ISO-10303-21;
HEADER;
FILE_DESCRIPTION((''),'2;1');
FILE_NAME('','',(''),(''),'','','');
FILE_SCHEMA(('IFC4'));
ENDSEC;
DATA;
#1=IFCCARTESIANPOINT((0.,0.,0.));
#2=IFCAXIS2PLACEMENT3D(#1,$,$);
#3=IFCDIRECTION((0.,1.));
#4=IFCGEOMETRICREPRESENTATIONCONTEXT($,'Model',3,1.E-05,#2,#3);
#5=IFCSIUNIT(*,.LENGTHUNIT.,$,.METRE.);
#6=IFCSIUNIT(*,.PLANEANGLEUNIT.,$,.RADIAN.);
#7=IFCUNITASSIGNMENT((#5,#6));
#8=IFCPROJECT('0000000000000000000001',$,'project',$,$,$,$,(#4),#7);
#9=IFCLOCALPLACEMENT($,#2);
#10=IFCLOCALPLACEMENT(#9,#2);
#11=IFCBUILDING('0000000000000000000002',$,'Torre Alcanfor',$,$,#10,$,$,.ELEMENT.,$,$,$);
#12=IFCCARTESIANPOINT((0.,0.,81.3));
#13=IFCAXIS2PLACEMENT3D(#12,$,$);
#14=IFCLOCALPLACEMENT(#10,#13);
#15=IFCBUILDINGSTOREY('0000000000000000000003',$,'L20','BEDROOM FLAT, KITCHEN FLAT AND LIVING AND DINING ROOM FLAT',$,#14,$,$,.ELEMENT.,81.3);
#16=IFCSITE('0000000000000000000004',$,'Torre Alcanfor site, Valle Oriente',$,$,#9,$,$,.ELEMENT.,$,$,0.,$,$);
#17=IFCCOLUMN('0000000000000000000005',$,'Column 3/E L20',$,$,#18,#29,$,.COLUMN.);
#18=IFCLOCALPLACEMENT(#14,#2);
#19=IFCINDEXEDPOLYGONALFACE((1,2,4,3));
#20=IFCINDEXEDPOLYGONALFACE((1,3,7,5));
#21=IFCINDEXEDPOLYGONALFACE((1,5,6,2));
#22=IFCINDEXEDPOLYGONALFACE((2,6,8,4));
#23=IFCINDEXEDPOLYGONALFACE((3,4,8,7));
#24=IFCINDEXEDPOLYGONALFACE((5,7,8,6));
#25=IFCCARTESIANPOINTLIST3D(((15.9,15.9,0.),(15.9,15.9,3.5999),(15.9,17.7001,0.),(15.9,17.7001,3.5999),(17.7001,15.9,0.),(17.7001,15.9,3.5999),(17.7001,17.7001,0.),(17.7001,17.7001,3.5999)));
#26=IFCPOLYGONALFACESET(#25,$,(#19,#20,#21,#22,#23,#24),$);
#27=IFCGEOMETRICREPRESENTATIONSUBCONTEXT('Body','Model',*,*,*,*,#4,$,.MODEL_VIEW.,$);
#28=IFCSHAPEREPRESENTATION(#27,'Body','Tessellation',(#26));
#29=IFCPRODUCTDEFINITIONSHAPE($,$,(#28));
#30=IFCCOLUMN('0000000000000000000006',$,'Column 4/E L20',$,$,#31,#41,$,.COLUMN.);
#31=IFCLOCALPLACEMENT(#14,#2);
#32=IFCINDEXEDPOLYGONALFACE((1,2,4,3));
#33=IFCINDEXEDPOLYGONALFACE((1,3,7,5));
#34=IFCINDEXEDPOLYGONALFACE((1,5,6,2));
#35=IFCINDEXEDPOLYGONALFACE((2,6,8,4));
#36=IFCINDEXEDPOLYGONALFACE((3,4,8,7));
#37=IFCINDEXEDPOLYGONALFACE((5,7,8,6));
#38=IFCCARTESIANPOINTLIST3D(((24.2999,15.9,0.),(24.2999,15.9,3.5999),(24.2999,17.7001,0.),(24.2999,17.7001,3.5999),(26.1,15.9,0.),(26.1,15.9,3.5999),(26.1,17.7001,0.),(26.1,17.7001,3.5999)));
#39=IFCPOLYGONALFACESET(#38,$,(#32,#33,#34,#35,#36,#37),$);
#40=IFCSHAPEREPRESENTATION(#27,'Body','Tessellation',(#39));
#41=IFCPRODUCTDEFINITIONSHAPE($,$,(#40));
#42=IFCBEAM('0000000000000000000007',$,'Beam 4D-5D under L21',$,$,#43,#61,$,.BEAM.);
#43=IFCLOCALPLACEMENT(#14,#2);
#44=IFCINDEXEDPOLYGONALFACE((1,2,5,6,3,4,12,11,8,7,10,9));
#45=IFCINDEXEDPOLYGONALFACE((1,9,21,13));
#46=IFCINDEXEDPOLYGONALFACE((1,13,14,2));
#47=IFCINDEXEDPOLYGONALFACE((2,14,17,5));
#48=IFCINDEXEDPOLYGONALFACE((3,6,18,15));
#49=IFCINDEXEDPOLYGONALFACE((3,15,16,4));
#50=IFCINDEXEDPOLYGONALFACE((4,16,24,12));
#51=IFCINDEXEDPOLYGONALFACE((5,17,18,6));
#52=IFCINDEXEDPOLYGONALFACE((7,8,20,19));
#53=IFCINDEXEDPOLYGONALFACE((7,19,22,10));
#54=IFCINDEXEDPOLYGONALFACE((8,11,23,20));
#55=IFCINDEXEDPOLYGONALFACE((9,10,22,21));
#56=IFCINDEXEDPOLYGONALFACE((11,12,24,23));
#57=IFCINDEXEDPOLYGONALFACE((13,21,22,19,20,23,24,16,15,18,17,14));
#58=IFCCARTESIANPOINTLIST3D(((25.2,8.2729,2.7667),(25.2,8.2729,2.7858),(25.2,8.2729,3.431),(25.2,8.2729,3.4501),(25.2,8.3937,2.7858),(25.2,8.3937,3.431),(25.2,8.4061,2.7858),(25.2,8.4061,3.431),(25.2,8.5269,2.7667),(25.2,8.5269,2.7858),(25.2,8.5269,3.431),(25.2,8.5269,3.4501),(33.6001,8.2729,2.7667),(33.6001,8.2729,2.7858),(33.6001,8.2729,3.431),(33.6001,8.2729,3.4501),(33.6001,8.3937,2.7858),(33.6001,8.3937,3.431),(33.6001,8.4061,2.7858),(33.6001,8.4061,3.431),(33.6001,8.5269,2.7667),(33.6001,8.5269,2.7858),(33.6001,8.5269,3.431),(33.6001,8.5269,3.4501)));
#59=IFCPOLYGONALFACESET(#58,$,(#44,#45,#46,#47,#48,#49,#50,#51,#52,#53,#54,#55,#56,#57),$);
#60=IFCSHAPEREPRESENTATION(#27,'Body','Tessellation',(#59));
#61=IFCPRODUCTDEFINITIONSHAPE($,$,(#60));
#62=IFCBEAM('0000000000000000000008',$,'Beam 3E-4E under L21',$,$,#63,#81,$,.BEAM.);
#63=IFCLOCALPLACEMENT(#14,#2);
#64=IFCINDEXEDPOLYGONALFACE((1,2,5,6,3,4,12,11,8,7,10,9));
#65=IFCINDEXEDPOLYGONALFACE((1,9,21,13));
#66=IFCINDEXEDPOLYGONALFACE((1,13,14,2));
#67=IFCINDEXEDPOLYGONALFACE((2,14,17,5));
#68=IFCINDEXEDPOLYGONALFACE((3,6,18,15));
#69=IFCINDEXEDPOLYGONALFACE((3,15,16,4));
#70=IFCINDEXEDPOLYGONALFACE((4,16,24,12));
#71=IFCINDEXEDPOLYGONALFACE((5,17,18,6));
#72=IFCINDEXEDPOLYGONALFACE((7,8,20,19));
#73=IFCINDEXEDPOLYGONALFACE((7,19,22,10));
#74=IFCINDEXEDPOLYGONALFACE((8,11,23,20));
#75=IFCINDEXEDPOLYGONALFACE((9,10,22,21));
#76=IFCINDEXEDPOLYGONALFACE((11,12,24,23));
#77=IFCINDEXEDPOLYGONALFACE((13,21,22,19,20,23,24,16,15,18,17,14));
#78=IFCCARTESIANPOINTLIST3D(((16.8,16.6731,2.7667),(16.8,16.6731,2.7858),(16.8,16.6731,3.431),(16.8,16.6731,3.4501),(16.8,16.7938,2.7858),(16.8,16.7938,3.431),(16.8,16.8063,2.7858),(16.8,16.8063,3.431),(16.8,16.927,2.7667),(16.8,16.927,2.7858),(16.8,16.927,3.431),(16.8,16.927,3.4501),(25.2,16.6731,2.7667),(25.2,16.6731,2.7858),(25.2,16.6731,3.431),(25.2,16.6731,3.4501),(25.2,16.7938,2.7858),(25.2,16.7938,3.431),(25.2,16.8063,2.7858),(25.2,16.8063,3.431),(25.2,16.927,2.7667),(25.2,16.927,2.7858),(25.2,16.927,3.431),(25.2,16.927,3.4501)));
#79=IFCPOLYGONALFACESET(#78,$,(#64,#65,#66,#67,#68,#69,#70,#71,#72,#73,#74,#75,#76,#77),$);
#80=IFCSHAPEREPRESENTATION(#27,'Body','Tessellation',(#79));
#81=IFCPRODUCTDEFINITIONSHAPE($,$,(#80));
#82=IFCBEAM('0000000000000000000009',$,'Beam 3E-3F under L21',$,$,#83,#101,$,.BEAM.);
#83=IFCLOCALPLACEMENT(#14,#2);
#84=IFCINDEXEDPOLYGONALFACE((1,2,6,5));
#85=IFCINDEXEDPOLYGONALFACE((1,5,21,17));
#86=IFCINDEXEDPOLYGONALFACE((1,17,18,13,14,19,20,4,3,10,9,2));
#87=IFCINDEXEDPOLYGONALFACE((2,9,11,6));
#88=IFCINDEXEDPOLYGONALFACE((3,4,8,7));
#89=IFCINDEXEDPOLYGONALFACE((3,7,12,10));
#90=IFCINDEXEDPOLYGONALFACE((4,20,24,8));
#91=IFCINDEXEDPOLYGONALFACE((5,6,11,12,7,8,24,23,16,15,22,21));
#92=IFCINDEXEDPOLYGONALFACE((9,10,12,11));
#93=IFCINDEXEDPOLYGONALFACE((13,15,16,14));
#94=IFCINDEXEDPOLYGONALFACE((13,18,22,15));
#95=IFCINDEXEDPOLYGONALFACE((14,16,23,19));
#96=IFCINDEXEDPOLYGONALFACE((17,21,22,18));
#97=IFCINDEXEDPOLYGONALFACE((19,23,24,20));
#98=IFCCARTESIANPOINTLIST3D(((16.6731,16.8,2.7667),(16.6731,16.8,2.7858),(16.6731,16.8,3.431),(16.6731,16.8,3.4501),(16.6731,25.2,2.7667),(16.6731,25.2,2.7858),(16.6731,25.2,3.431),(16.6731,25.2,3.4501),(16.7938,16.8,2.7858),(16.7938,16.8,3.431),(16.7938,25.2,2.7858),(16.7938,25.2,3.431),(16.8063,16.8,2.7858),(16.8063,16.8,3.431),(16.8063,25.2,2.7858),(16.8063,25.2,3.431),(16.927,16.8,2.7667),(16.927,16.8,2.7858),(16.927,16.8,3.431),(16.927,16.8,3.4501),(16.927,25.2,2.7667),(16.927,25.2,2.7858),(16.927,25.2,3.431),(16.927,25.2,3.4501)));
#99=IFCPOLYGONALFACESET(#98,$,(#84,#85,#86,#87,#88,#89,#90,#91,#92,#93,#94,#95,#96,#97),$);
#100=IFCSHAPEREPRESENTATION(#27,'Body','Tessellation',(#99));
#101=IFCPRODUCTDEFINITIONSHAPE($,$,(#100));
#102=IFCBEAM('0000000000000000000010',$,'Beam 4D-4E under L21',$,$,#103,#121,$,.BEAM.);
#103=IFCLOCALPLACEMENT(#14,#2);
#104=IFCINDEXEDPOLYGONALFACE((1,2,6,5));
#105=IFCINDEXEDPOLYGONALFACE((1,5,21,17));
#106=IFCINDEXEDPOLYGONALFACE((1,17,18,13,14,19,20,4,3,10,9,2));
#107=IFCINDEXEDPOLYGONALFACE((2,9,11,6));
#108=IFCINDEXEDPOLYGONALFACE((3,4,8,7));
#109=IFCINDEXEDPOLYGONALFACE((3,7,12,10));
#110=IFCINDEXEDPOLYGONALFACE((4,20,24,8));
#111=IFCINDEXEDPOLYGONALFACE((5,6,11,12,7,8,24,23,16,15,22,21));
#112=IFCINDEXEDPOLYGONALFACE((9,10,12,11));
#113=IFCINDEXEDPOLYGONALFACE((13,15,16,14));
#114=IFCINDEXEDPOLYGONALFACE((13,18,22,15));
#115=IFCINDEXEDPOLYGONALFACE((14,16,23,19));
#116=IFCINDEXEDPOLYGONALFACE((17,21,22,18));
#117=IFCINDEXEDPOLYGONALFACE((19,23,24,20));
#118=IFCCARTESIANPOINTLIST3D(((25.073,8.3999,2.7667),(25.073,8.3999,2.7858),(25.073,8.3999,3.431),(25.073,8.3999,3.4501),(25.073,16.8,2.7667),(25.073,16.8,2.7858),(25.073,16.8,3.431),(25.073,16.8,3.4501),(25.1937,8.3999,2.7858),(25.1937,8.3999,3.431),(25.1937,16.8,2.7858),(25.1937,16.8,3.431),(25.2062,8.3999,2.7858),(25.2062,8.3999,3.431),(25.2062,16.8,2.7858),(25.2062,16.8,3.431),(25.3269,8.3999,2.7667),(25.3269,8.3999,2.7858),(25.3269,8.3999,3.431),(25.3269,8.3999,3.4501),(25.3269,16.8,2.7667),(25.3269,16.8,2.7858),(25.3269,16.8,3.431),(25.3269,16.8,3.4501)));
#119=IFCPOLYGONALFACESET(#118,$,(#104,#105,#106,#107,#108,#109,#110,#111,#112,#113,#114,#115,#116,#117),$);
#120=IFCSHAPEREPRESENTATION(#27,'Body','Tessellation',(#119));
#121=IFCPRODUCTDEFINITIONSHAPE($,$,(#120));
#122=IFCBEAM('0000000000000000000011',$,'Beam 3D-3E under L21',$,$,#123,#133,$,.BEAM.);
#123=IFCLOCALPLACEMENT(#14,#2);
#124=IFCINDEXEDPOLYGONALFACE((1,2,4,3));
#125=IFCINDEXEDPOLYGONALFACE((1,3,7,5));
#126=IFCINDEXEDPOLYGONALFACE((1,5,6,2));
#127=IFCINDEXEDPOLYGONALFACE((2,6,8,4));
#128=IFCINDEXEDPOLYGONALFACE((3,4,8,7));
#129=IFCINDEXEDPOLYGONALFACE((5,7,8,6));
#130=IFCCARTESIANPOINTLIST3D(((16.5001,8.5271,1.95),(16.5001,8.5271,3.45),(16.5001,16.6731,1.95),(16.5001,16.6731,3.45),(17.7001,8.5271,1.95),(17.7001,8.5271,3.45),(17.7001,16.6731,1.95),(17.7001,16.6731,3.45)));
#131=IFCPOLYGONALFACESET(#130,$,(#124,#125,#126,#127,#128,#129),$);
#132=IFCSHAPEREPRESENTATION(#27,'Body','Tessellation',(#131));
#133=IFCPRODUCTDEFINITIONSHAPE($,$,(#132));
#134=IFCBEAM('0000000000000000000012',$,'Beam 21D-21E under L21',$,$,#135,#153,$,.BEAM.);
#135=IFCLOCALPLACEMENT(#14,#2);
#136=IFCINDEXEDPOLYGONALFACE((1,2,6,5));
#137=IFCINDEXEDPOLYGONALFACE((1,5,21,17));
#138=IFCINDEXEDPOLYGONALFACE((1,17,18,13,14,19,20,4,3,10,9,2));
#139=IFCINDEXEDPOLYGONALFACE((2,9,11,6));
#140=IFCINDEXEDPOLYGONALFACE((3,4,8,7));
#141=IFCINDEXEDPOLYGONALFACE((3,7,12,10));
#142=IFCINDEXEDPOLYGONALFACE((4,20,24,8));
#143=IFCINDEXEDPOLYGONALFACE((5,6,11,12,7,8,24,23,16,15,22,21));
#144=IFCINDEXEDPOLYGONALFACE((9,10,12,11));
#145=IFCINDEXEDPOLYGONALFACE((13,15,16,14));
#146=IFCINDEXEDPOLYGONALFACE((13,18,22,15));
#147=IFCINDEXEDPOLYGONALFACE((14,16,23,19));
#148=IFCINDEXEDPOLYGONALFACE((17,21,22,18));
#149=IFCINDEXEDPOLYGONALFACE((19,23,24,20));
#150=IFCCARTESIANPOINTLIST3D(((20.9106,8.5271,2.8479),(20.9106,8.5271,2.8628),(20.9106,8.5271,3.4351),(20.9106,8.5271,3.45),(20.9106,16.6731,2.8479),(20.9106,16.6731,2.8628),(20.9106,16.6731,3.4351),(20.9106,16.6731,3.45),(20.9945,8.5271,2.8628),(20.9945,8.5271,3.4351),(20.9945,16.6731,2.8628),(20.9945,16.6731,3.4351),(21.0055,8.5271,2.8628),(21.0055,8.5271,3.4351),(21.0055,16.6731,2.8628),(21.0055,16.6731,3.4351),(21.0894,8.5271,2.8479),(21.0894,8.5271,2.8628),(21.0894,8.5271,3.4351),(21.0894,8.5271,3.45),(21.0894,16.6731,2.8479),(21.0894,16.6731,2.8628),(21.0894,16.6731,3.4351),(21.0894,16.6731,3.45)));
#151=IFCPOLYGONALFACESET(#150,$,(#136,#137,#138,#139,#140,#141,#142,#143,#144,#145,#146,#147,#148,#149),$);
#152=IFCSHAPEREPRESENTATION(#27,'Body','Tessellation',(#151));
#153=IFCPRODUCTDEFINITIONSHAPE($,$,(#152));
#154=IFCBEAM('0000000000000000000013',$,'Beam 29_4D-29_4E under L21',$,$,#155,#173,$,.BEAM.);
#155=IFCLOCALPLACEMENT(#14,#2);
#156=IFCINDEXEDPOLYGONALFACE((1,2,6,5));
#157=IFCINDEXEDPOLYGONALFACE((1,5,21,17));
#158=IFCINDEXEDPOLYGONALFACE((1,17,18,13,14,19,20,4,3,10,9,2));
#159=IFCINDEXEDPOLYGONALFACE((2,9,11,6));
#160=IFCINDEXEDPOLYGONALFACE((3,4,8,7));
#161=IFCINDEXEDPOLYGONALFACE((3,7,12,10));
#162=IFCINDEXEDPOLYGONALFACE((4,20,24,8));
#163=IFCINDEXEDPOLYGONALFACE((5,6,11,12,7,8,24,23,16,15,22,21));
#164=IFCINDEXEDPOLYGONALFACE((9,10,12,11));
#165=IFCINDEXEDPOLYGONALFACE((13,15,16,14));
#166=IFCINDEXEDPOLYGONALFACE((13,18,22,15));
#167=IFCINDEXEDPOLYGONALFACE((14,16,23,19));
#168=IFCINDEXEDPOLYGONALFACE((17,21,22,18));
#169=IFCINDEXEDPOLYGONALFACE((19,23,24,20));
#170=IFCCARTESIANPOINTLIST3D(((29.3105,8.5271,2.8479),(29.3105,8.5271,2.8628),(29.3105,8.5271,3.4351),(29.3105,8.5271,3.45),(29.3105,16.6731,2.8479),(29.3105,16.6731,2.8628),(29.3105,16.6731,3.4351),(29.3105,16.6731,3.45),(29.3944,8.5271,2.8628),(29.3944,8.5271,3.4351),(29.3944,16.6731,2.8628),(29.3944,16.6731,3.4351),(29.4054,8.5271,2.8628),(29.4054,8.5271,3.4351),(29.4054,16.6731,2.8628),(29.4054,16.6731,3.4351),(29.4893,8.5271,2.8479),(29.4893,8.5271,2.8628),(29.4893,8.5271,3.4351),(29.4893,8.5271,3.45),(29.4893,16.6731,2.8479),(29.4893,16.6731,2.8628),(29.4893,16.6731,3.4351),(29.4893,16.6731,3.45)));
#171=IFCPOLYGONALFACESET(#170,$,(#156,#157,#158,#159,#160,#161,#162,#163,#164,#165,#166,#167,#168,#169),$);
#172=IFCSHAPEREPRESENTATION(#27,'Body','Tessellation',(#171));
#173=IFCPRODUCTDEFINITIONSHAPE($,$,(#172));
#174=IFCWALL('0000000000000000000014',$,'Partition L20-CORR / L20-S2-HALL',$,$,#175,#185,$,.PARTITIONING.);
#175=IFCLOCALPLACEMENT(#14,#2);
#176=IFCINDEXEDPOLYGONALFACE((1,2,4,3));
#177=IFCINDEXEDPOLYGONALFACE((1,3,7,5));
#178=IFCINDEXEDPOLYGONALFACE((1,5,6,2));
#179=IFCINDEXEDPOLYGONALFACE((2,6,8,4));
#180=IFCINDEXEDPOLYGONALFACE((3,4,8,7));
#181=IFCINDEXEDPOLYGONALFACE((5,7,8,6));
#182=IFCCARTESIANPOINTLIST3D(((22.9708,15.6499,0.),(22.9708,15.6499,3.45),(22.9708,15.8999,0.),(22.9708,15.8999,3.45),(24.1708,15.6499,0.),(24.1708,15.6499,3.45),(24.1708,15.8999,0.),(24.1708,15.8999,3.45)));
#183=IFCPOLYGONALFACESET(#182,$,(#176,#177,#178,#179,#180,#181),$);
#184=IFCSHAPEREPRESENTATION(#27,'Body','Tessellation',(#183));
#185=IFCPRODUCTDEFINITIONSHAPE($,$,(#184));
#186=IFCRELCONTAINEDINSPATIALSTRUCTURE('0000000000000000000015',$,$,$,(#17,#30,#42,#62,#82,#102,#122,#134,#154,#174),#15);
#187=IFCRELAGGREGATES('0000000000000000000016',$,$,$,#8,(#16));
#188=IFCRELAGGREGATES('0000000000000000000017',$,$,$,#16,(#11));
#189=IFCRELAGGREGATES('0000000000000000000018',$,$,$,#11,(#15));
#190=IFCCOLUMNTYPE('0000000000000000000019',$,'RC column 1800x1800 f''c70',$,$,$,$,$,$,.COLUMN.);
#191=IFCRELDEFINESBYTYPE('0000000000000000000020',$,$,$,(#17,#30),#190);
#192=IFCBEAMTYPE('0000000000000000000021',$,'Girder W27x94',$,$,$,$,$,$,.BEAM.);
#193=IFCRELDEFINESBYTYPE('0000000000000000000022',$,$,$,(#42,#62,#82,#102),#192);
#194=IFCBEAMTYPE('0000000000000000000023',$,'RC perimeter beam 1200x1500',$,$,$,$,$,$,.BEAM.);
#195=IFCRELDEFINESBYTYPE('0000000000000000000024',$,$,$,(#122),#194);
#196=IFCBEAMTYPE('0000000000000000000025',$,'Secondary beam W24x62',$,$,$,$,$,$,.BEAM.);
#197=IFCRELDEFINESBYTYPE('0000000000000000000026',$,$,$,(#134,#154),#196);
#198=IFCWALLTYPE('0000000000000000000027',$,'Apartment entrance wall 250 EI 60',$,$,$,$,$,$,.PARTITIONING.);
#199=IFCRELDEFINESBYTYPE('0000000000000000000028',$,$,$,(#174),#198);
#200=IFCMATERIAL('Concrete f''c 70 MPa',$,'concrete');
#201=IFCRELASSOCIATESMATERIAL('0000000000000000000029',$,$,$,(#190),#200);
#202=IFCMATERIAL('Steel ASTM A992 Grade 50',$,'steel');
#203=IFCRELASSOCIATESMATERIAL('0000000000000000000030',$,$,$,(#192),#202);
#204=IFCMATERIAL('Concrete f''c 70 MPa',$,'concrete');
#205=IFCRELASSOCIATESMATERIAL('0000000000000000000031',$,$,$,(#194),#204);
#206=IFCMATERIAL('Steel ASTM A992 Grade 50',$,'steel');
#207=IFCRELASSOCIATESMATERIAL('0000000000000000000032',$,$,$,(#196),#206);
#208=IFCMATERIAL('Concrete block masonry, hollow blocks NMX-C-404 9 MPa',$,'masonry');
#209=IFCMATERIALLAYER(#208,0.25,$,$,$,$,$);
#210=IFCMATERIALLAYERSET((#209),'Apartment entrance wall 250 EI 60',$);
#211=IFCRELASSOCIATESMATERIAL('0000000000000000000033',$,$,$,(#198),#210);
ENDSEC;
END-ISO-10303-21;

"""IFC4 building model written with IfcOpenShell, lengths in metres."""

from ifc_helpers import new_model, si_unit, direction, frame, frame_2d, origin, origin_2d, place, context, subcontext, project, spatial, rectangle, i_section, extrude, material, layer, layer_set, material_profile, profile_set, type_object, element, save


model = new_model("IFC4")

# Units and contexts
model_context = context("Model", 3, precision=1e-05, world=origin(), true_north=direction((0.0, 1.0)))
body_context = subcontext(model_context, "Body", "Model", "MODEL_VIEW")
ifc_project = project(units=[si_unit("LENGTHUNIT", "METRE"), si_unit("PLANEANGLEUNIT", "RADIAN")], contexts=[model_context])

# Site, building, storey
site_placement = place(None, origin())
site = spatial("IfcSite", under=ifc_project, at=site_placement, Name="Torre Alcanfor site, Valle Oriente", CompositionType="ELEMENT", RefElevation=0.0)
building_placement = place(site_placement, origin())
building = spatial("IfcBuilding", under=site, at=building_placement, Name="Torre Alcanfor", CompositionType="ELEMENT")
storey_placement = place(building_placement, frame((0.0, 0.0, 81.3)))
storey = spatial("IfcBuildingStorey", under=building, at=storey_placement, Name="L20", Description="BEDROOM FLAT, KITCHEN FLAT AND LIVING AND DINING ROOM FLAT", CompositionType="ELEMENT", Elevation=81.3)

# Columns
ifc_material_1 = material(Name="Concrete f'c 70 MPa", Category="concrete")
ifc_material_profile_1 = material_profile(ifc_material_1, rectangle(XDim=1.8, YDim=1.8, at=origin_2d()), Name="1800x1800")
ifc_profile_set_1 = profile_set([ifc_material_profile_1], Name="Concrete f'c 70 MPa")
column_type = type_object("IfcColumnType", Name="RC column 1800x1800 f'c70", PredefinedType="COLUMN", material=ifc_profile_set_1)
for number, where, z_axis, x_axis, name in (
    (1, (16.8, 16.8, 0.0), (0.0, 0.0, 1.0), (1.0, 0.0, 0.0), "Column 3/E L20"),
    (2, (25.2, 16.8, 0.0), (0.0, 0.0, 1.0), (1.0, 0.0, 0.0), "Column 4/E L20"),
):
    element("IfcColumn", number, at=place(storey_placement, frame(where, z_axis=z_axis, x_axis=x_axis)), inside=storey, type_object=column_type, Name=name, PredefinedType="COLUMN", context=body_context, shape_type="SweptSolid", body=[
        extrude(rectangle(XDim=1.8, YDim=1.8, at=origin_2d()), origin(), (0.0, 0.0, 1.0), 3.5999),
    ])

# Beams
ifc_material_2 = material(Name="Steel ASTM A992 Grade 50", Category="steel")
ifc_material_profile_2 = material_profile(ifc_material_2, i_section(OverallWidth=0.2539, OverallDepth=0.6833, WebThickness=0.0125, FlangeThickness=0.019, at=origin_2d()), Name="W27x94")
ifc_profile_set_2 = profile_set([ifc_material_profile_2], Name="Steel ASTM A992 Grade 50")
beam_type_1 = type_object("IfcBeamType", Name="Girder W27x94", PredefinedType="BEAM", material=ifc_profile_set_2)
beam_1_placement = place(storey_placement, frame((25.2, 8.3999, 3.1084), z_axis=(1.0, 0.0, 0.0), x_axis=(0.0, 1.0, 0.0)))
element("IfcBeam", 3, at=beam_1_placement, inside=storey, type_object=beam_type_1, Name="Beam 4D-5D under L21", PredefinedType="BEAM", context=body_context, shape_type="SweptSolid", body=[
    extrude(i_section(OverallWidth=0.2539, OverallDepth=0.6833, WebThickness=0.0125, FlangeThickness=0.019, at=origin_2d()), origin(), (0.0, 0.0, 1.0), 8.4001),
])
for number, where, z_axis, x_axis, name in (
    (4, (16.8, 16.8, 3.1084), (1.0, 0.0, 0.0), (0.0, 1.0, 0.0), "Beam 3E-4E under L21"),
    (5, (16.8, 16.8, 3.1084), (0.0, 1.0, 0.0), (-1.0, 0.0, 0.0), "Beam 3E-3F under L21"),
):
    element("IfcBeam", number, at=place(storey_placement, frame(where, z_axis=z_axis, x_axis=x_axis)), inside=storey, type_object=beam_type_1, Name=name, PredefinedType="BEAM", context=body_context, shape_type="SweptSolid", body=[
        extrude(i_section(OverallWidth=0.2539, OverallDepth=0.6833, WebThickness=0.0125, FlangeThickness=0.019, at=origin_2d()), origin(), (0.0, 0.0, 1.0), 8.3999),
    ])
beam_2_placement = place(storey_placement, frame((25.2, 8.3999, 3.1084), z_axis=(0.0, 1.0, 0.0), x_axis=(-1.0, 0.0, 0.0)))
element("IfcBeam", 6, at=beam_2_placement, inside=storey, type_object=beam_type_1, Name="Beam 4D-4E under L21", PredefinedType="BEAM", context=body_context, shape_type="SweptSolid", body=[
    extrude(i_section(OverallWidth=0.2539, OverallDepth=0.6833, WebThickness=0.0125, FlangeThickness=0.019, at=origin_2d()), origin(), (0.0, 0.0, 1.0), 8.4001),
])
ifc_material_3 = material(Name="Concrete f'c 70 MPa", Category="concrete")
ifc_material_profile_3 = material_profile(ifc_material_3, rectangle(XDim=1.2, YDim=1.5, at=origin_2d()), Name="1200x1500")
ifc_profile_set_3 = profile_set([ifc_material_profile_3], Name="Concrete f'c 70 MPa")
beam_type_2 = type_object("IfcBeamType", Name="RC perimeter beam 1200x1500", PredefinedType="BEAM", material=ifc_profile_set_3)
beam_3_placement = place(storey_placement, frame((17.1001, 8.5271, 2.7), z_axis=(0.0, 1.0, 0.0), x_axis=(-1.0, 0.0, 0.0)))
element("IfcBeam", 7, at=beam_3_placement, inside=storey, type_object=beam_type_2, Name="Beam 3D-3E under L21", PredefinedType="BEAM", context=body_context, shape_type="SweptSolid", body=[
    extrude(rectangle(XDim=1.2, YDim=1.5, at=origin_2d()), origin(), (0.0, 0.0, 1.0), 8.146),
])
ifc_material_4 = material(Name="Steel ASTM A992 Grade 50", Category="steel")
ifc_material_profile_4 = material_profile(ifc_material_4, i_section(OverallWidth=0.1787, OverallDepth=0.6021, WebThickness=0.011, FlangeThickness=0.0149, at=origin_2d()), Name="W24x62")
ifc_profile_set_4 = profile_set([ifc_material_profile_4], Name="Steel ASTM A992 Grade 50")
beam_type_3 = type_object("IfcBeamType", Name="Secondary beam W24x62", PredefinedType="BEAM", material=ifc_profile_set_4)
for number, where, z_axis, x_axis, name in (
    (8, (21.0, 8.5271, 3.1489), (0.0, 1.0, 0.0), (-1.0, 0.0, 0.0), "Beam 21D-21E under L21"),
    (9, (29.3999, 8.5271, 3.1489), (0.0, 1.0, 0.0), (-1.0, 0.0, 0.0), "Beam 29_4D-29_4E under L21"),
):
    element("IfcBeam", number, at=place(storey_placement, frame(where, z_axis=z_axis, x_axis=x_axis)), inside=storey, type_object=beam_type_3, Name=name, PredefinedType="BEAM", context=body_context, shape_type="SweptSolid", body=[
        extrude(i_section(OverallWidth=0.1787, OverallDepth=0.6021, WebThickness=0.011, FlangeThickness=0.0149, at=origin_2d()), origin(), (0.0, 0.0, 1.0), 8.146),
    ])

# Wall
ifc_material_5 = material(Name="Concrete block masonry, hollow blocks NMX-C-404 9 MPa", Category="masonry")
ifc_layer_1 = layer(ifc_material_5, 0.25)
ifc_layer_set_1 = layer_set([ifc_layer_1], Name="Apartment entrance wall 250 EI 60")
wall_type_1 = type_object("IfcWallType", Name="Apartment entrance wall 250 EI 60", PredefinedType="PARTITIONING", material=ifc_layer_set_1)
wall_1_placement = place(storey_placement, frame((24.1709, 15.7749, 0.0), z_axis=(0.0, 0.0, 1.0), x_axis=(-1.0, 0.0, 0.0)))
element("IfcWall", 10, at=wall_1_placement, inside=storey, type_object=wall_type_1, Name="Partition L20-CORR / L20-S2-HALL", PredefinedType="PARTITIONING", context=body_context, shape_type="SweptSolid", body=[
    extrude(rectangle(XDim=1.2, YDim=0.25, at=frame_2d((0.6001, 0.0))), origin(), (0.0, 0.0, 1.0), 3.45),
])

save(model, "model.ifc")
